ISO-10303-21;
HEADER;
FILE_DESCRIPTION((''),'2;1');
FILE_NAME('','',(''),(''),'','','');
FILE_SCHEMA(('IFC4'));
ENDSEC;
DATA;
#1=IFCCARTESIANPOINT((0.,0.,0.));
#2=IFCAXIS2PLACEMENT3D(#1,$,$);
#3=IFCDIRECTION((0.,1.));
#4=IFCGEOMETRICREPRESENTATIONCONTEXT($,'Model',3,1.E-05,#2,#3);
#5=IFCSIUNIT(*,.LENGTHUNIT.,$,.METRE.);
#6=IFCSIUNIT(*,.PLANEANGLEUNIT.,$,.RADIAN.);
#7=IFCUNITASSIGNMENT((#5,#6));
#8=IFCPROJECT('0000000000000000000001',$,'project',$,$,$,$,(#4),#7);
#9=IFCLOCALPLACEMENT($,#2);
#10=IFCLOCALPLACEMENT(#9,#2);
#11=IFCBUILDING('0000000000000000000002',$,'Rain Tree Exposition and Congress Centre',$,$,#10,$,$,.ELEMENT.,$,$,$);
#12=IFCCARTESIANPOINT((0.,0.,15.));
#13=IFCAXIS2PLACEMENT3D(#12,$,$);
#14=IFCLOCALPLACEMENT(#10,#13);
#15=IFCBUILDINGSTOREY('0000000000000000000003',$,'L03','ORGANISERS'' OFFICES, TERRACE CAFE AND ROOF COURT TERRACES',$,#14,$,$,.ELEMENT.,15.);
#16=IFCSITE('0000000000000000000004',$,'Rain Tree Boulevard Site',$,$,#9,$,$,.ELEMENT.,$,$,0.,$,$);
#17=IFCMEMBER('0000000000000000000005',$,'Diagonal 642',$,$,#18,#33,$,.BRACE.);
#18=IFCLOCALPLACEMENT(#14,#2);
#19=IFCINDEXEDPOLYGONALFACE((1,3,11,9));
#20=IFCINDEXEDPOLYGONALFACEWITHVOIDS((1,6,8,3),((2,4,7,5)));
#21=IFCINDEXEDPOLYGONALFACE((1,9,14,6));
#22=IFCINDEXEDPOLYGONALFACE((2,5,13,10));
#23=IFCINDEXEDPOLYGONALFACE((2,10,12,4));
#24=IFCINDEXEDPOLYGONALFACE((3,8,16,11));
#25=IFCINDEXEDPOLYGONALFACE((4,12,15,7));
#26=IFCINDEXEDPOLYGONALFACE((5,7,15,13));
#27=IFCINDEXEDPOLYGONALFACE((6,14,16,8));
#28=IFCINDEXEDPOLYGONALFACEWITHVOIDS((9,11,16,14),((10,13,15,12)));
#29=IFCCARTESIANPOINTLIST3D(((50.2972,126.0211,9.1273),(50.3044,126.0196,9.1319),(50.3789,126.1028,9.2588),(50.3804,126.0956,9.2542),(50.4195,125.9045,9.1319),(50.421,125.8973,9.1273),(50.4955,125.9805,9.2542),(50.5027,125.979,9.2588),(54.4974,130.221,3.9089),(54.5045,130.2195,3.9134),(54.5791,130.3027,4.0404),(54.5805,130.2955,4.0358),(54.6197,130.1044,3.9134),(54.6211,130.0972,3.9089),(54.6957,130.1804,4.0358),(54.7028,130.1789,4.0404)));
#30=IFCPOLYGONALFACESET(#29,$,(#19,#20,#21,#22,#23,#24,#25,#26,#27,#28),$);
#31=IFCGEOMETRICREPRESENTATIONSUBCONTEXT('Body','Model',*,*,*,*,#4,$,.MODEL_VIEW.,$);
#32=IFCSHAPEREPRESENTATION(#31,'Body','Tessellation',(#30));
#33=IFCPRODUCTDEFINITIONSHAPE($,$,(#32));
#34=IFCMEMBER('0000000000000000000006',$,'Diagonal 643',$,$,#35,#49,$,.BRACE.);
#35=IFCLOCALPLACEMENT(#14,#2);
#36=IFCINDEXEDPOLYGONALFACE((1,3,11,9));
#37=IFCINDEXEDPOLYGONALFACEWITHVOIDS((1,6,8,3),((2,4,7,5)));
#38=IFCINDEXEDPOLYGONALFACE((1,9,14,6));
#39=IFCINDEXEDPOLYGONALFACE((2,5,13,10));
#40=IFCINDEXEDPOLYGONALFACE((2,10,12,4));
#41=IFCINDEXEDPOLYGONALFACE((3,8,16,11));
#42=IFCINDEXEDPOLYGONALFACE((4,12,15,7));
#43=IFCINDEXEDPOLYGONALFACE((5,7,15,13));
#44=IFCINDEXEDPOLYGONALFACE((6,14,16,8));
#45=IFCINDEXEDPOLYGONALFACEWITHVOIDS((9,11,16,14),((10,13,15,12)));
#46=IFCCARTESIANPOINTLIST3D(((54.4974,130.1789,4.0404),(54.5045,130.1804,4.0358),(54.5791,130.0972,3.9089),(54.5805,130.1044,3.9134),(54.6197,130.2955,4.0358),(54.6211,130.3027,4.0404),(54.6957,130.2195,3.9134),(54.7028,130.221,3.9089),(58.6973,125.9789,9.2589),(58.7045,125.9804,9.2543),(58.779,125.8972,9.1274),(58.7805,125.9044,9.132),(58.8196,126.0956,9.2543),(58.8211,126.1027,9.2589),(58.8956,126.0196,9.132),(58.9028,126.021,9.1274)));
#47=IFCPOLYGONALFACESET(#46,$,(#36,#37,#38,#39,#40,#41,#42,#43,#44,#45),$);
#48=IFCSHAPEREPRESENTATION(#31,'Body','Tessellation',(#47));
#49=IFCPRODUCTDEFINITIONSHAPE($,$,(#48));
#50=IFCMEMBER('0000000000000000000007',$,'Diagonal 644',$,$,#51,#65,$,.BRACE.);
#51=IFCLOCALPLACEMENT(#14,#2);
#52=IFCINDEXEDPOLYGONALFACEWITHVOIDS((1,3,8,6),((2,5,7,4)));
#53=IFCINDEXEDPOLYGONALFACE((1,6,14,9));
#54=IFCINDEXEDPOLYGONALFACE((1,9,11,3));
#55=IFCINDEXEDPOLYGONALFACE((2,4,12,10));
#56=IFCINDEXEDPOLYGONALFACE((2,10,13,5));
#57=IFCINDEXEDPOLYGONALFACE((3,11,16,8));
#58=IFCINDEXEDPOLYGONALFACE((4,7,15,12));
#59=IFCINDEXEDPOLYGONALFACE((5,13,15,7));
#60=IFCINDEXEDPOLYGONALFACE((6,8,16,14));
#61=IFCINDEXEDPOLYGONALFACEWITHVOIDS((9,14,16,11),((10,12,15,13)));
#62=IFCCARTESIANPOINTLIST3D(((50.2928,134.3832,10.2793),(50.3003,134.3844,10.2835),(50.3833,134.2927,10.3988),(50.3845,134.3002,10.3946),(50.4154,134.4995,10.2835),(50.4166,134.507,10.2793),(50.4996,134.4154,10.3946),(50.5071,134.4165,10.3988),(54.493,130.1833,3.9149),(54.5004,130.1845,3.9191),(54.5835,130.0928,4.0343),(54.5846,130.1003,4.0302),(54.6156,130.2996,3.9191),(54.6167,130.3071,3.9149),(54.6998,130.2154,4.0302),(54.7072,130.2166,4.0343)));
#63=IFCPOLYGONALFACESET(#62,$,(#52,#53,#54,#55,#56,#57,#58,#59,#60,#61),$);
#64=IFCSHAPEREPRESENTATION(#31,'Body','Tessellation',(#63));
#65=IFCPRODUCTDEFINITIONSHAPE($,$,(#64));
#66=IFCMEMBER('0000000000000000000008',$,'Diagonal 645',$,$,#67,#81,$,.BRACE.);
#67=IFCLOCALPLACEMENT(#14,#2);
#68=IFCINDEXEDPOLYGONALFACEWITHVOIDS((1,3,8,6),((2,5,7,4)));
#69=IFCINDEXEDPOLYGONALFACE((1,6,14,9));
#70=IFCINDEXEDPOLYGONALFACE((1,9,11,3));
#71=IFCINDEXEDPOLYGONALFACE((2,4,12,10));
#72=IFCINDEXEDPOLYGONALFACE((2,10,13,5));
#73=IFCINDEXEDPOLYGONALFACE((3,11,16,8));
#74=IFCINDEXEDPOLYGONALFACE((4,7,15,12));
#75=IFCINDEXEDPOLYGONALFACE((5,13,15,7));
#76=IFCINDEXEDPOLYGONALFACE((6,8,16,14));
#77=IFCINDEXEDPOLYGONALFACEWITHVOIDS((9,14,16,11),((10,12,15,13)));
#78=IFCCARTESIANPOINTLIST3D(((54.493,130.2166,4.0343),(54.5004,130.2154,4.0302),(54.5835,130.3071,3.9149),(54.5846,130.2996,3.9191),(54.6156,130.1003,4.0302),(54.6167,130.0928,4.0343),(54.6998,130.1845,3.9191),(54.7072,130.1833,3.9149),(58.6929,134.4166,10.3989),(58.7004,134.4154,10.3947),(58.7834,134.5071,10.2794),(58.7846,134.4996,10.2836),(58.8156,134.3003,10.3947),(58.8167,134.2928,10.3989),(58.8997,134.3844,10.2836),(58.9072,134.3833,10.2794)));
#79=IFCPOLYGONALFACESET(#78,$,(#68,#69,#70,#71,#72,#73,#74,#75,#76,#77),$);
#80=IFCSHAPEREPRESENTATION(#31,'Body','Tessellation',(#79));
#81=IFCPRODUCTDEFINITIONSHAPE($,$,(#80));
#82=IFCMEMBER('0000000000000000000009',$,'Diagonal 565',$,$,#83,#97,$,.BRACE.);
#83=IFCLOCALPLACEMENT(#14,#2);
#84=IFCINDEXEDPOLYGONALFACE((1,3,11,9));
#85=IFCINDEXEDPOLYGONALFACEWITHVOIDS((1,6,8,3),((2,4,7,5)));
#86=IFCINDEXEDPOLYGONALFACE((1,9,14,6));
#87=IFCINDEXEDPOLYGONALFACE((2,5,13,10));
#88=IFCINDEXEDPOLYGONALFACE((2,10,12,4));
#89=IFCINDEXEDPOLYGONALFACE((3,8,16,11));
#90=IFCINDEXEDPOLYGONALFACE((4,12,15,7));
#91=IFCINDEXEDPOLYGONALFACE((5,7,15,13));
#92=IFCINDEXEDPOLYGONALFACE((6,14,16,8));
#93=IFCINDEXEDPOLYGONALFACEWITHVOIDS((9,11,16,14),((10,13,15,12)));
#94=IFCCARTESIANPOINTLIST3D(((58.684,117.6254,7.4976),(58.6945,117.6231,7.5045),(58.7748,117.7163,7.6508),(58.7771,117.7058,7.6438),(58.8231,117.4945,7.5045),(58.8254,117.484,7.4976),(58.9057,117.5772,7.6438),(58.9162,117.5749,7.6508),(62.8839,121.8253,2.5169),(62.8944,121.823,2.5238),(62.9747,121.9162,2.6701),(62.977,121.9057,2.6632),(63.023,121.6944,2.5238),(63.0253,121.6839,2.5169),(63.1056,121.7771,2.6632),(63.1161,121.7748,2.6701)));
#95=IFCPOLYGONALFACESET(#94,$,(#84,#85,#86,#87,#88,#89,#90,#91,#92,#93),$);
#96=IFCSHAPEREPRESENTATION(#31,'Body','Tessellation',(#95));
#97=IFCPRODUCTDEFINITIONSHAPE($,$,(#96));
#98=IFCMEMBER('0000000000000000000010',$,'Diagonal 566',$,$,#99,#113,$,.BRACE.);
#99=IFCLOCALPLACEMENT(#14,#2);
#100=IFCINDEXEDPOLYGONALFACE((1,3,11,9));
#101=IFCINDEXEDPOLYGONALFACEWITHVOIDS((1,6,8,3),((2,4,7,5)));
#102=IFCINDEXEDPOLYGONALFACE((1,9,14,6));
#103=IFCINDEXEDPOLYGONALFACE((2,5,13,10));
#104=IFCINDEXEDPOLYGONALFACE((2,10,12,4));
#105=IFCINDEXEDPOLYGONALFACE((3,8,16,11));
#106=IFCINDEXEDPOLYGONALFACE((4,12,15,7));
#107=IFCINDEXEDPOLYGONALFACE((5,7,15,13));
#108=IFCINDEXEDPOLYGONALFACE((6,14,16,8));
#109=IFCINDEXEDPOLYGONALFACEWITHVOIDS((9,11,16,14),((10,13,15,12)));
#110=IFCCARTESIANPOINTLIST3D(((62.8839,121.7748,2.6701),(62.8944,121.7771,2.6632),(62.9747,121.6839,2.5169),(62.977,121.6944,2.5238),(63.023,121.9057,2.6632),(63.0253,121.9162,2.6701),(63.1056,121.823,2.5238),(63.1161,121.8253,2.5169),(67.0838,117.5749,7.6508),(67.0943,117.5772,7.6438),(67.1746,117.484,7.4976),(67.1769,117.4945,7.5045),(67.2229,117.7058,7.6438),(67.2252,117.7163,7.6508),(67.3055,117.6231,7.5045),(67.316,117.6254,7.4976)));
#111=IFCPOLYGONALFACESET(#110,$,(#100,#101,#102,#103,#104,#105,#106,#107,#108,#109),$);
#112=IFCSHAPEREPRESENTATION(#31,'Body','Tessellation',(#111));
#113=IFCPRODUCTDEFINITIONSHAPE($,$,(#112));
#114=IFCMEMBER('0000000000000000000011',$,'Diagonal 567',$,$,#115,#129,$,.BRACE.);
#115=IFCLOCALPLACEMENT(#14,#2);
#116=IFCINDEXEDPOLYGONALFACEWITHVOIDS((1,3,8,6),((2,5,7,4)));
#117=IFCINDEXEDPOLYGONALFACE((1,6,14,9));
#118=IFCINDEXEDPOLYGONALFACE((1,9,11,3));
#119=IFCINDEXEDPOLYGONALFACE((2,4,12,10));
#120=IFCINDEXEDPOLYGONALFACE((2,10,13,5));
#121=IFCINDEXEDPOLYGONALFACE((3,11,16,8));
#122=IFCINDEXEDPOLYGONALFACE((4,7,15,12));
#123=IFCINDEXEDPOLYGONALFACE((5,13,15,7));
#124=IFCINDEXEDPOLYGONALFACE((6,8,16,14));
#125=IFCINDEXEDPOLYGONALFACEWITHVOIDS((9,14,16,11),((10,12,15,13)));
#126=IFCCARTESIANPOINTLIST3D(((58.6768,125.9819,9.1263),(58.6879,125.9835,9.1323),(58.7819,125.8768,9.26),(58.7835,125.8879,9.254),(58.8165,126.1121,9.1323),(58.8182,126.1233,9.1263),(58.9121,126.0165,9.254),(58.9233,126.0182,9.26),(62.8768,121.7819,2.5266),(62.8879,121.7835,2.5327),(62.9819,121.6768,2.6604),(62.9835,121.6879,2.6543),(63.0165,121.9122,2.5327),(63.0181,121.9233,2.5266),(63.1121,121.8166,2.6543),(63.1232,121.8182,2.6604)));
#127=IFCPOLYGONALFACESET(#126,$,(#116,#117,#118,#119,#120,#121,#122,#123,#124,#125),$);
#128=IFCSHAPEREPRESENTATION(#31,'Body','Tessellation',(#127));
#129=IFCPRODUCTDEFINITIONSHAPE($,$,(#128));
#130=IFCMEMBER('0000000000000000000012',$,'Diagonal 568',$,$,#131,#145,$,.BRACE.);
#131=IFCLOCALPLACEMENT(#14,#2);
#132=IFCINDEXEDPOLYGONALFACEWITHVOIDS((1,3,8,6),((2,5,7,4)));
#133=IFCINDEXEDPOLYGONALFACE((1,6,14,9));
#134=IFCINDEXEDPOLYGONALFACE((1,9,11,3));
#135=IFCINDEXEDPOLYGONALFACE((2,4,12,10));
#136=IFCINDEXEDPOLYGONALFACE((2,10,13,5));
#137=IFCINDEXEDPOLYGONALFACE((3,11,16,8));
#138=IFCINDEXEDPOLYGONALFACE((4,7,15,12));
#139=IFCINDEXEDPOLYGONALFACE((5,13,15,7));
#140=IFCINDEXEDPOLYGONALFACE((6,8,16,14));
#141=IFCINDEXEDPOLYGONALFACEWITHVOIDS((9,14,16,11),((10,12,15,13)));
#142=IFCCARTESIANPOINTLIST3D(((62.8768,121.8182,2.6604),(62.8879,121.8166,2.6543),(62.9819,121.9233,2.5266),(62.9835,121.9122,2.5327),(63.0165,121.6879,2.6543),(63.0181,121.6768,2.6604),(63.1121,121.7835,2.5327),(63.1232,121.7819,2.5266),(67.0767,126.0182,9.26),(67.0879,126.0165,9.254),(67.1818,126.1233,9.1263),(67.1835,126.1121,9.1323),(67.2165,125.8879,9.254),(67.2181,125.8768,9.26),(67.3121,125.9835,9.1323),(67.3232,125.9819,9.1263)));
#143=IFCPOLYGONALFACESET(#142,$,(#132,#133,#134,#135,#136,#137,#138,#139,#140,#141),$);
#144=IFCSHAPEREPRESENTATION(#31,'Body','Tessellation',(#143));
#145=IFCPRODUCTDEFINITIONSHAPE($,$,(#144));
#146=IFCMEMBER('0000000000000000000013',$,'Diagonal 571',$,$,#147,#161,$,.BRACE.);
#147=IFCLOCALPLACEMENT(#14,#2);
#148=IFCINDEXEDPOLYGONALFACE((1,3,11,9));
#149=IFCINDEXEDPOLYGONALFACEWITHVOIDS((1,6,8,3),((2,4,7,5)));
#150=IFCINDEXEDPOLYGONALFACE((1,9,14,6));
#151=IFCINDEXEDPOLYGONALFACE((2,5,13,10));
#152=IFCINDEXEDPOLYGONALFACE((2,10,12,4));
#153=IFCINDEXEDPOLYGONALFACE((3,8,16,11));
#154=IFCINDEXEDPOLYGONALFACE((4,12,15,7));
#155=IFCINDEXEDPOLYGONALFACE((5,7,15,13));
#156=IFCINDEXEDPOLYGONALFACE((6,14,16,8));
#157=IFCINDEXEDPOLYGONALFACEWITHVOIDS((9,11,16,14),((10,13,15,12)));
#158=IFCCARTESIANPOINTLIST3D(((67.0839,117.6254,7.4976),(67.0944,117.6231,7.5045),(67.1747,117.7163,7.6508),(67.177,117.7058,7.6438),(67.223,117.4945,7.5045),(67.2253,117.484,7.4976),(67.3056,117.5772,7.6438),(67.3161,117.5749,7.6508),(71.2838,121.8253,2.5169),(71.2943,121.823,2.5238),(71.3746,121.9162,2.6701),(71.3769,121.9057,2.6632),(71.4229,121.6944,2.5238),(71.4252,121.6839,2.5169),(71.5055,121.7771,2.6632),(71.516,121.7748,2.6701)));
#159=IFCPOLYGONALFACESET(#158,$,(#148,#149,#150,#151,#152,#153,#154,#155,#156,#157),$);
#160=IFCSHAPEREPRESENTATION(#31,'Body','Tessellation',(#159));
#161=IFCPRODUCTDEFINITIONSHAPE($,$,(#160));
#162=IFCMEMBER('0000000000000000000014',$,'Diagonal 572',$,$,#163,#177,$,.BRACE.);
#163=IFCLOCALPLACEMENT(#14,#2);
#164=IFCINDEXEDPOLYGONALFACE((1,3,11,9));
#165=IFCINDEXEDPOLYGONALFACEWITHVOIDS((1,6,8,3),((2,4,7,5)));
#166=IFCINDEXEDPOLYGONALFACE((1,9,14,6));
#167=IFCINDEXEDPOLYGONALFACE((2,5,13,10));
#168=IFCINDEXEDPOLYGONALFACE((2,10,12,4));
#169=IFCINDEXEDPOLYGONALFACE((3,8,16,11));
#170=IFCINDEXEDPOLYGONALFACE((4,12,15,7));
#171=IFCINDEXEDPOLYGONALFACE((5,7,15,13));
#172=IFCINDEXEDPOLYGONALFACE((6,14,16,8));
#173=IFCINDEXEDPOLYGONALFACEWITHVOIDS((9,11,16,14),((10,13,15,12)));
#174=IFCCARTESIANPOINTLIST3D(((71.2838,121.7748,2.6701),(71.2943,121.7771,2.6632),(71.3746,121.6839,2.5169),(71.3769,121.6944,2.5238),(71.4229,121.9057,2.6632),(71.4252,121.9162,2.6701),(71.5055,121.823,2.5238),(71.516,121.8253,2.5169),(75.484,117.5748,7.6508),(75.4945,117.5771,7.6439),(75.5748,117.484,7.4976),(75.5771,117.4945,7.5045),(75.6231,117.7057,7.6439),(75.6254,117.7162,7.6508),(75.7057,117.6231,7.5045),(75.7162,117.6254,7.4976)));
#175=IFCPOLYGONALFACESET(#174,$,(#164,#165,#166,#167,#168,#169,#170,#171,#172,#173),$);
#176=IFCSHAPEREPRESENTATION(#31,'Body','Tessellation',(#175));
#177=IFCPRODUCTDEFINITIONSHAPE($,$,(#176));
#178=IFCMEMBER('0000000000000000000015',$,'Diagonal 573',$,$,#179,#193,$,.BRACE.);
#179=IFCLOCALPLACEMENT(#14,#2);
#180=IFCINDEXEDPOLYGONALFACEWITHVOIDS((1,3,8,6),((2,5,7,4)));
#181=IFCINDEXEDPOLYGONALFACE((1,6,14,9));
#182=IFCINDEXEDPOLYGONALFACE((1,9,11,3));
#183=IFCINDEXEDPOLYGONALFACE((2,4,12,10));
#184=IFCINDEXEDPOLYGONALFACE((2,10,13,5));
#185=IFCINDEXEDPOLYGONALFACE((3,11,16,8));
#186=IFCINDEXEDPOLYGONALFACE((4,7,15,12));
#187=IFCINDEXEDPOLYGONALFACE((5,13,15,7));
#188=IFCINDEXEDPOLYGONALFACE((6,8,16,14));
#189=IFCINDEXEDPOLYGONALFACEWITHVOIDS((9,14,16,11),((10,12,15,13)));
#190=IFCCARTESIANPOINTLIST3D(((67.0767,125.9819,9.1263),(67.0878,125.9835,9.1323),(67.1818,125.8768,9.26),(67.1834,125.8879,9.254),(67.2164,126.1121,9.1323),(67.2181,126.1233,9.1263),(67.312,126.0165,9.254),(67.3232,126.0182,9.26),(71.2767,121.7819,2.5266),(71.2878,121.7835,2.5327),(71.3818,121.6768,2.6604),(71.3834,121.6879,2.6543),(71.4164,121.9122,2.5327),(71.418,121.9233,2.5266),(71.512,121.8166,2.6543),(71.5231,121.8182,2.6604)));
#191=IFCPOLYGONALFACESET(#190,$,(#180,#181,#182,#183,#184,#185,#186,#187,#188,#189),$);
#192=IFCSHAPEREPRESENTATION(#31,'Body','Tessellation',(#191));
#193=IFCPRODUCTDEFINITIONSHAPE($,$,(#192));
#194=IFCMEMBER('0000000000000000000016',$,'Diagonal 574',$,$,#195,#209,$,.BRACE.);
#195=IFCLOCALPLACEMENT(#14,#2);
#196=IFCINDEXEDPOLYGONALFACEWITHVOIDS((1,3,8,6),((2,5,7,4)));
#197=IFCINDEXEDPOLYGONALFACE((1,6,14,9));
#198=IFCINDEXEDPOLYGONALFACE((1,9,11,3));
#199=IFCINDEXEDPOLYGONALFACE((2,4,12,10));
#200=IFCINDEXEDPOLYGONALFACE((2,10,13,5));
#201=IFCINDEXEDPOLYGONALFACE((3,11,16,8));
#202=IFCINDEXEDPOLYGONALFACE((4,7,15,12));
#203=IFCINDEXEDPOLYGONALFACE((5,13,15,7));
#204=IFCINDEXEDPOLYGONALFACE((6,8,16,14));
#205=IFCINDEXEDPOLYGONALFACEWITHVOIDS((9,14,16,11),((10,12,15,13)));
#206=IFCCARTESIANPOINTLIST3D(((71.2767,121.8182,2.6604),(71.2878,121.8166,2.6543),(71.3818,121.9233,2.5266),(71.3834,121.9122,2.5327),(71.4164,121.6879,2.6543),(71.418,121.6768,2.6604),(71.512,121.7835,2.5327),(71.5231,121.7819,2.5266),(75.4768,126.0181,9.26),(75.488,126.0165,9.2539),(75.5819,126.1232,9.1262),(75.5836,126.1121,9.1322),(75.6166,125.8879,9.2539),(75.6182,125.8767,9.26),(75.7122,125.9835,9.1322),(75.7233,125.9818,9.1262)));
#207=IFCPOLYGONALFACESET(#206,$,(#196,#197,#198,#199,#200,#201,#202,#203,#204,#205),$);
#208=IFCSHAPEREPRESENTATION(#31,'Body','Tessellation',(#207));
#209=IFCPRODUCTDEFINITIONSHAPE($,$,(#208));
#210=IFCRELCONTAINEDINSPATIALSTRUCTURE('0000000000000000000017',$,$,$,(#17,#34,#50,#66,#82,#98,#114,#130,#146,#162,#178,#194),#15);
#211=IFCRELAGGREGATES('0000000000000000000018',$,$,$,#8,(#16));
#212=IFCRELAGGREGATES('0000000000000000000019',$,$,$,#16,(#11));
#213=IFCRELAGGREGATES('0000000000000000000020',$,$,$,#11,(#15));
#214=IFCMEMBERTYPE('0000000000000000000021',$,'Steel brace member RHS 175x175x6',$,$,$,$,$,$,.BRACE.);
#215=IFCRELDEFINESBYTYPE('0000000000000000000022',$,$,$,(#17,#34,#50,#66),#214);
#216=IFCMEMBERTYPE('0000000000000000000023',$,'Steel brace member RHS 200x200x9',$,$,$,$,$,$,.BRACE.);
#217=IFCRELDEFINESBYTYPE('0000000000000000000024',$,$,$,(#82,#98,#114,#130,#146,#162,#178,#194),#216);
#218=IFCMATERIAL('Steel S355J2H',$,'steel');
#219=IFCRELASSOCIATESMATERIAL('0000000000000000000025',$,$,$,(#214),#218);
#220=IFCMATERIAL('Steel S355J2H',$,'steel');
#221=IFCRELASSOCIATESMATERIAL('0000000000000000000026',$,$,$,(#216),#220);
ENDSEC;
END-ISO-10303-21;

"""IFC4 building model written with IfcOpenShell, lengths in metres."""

from ifc_helpers import new_model, si_unit, direction, frame, origin, origin_2d, place, context, subcontext, project, spatial, hollow_rectangle, extrude, material, material_profile, profile_set, type_object, element, save


model = new_model("IFC4")

# Units and contexts
model_context = context("Model", 3, precision=1e-05, world=origin(), true_north=direction((0.0, 1.0)))
body_context = subcontext(model_context, "Body", "Model", "MODEL_VIEW")
ifc_project = project(units=[si_unit("LENGTHUNIT", "METRE"), si_unit("PLANEANGLEUNIT", "RADIAN")], contexts=[model_context])

# Site, building, storey
site_placement = place(None, origin())
site = spatial("IfcSite", under=ifc_project, at=site_placement, Name="Rain Tree Boulevard Site", CompositionType="ELEMENT", RefElevation=0.0)
building_placement = place(site_placement, origin())
building = spatial("IfcBuilding", under=site, at=building_placement, Name="Rain Tree Exposition and Congress Centre", CompositionType="ELEMENT")
storey_placement = place(building_placement, frame((0.0, 0.0, 15.0)))
storey = spatial("IfcBuildingStorey", under=building, at=storey_placement, Name="L03", Description="ORGANISERS' OFFICES, TERRACE CAFE AND ROOF COURT TERRACES", CompositionType="ELEMENT", Elevation=15.0)

# Members
ifc_material_1 = material(Name="Steel S355J2H", Category="steel")
ifc_material_profile_1 = material_profile(ifc_material_1, hollow_rectangle(XDim=0.175, YDim=0.175, WallThickness=0.0061, at=origin_2d()), Name="RHS 175x175x6")
ifc_profile_set_1 = profile_set([ifc_material_profile_1], Name="Steel S355J2H")
member_type_1 = type_object("IfcMemberType", Name="Steel brace member RHS 175x175x6", PredefinedType="BRACE", material=ifc_profile_set_1)
for number, where, z_axis, x_axis, name in (
    (1, (54.6001, 130.2, 3.9746), (-0.531228, -0.531197, 0.66002), (0.707086, -0.707127, 0.0), "Diagonal 642"),
    (2, (54.6001, 130.2, 3.9746), (0.531206, -0.531206, 0.660031), (0.707107, 0.707107, 0.0), "Diagonal 643"),
):
    element("IfcMember", number, at=place(storey_placement, frame(where, z_axis=z_axis, x_axis=x_axis)), inside=storey, type_object=member_type_1, Name=name, PredefinedType="BRACE", context=body_context, shape_type="SweptSolid", body=[
        extrude(hollow_rectangle(XDim=0.175, YDim=0.175, WallThickness=0.0061, at=origin_2d()), origin(), (0.0, 0.0, 1.0), 7.9065),
    ])
for number, where, z_axis, x_axis, name in (
    (3, (54.6001, 130.2, 3.9746), (-0.482468, 0.48244, 0.731078), (-0.707086, -0.707127, 0.0), "Diagonal 644"),
    (4, (54.6001, 130.2, 3.9746), (0.482447, 0.482447, 0.731088), (-0.707107, 0.707107, 0.0), "Diagonal 645"),
):
    element("IfcMember", number, at=place(storey_placement, frame(where, z_axis=z_axis, x_axis=x_axis)), inside=storey, type_object=member_type_1, Name=name, PredefinedType="BRACE", context=body_context, shape_type="SweptSolid", body=[
        extrude(hollow_rectangle(XDim=0.175, YDim=0.175, WallThickness=0.0061, at=origin_2d()), origin(), (0.0, 0.0, 1.0), 8.7056),
    ])
ifc_material_2 = material(Name="Steel S355J2H", Category="steel")
ifc_material_profile_2 = material_profile(ifc_material_2, hollow_rectangle(XDim=0.2, YDim=0.2, WallThickness=0.009, at=origin_2d()), Name="RHS 200x200x9")
ifc_profile_set_2 = profile_set([ifc_material_profile_2], Name="Steel S355J2H")
member_type_2 = type_object("IfcMemberType", Name="Steel brace member RHS 200x200x9", PredefinedType="BRACE", material=ifc_profile_set_2)
for number, where, z_axis, x_axis, name in (
    (5, (63.0, 121.8, 2.5935), (-0.54182, -0.54182, 0.642543), (0.707107, -0.707107, 0.0), "Diagonal 565"),
    (6, (63.0, 121.8, 2.5935), (0.54182, -0.54182, 0.642543), (0.707107, 0.707107, 0.0), "Diagonal 566"),
):
    element("IfcMember", number, at=place(storey_placement, frame(where, z_axis=z_axis, x_axis=x_axis)), inside=storey, type_object=member_type_2, Name=name, PredefinedType="BRACE", context=body_context, shape_type="SweptSolid", body=[
        extrude(hollow_rectangle(XDim=0.2, YDim=0.2, WallThickness=0.009, at=origin_2d()), origin(), (0.0, 0.0, 1.0), 7.7515),
    ])
for number, where, z_axis, x_axis, name in (
    (7, (63.0, 121.8, 2.5935), (-0.473029, 0.473029, 0.743295), (-0.707107, -0.707107, 0.0), "Diagonal 567"),
    (8, (63.0, 121.8, 2.5935), (0.473029, 0.473029, 0.743295), (-0.707107, 0.707107, 0.0), "Diagonal 568"),
):
    element("IfcMember", number, at=place(storey_placement, frame(where, z_axis=z_axis, x_axis=x_axis)), inside=storey, type_object=member_type_2, Name=name, PredefinedType="BRACE", context=body_context, shape_type="SweptSolid", body=[
        extrude(hollow_rectangle(XDim=0.2, YDim=0.2, WallThickness=0.009, at=origin_2d()), origin(), (0.0, 0.0, 1.0), 8.8789),
    ])
member_1_placement = place(storey_placement, frame((71.3999, 121.8, 2.5935), z_axis=(-0.54182, -0.54182, 0.642543), x_axis=(0.707107, -0.707107, 0.0)))
element("IfcMember", 9, at=member_1_placement, inside=storey, type_object=member_type_2, Name="Diagonal 571", PredefinedType="BRACE", context=body_context, shape_type="SweptSolid", body=[
    extrude(hollow_rectangle(XDim=0.2, YDim=0.2, WallThickness=0.009, at=origin_2d()), origin(), (0.0, 0.0, 1.0), 7.7515),
])
member_2_placement = place(storey_placement, frame((71.3999, 121.8, 2.5935), z_axis=(0.541842, -0.541811, 0.642532), x_axis=(0.707086, 0.707127, 0.0)))
element("IfcMember", 10, at=member_2_placement, inside=storey, type_object=member_type_2, Name="Diagonal 572", PredefinedType="BRACE", context=body_context, shape_type="SweptSolid", body=[
    extrude(hollow_rectangle(XDim=0.2, YDim=0.2, WallThickness=0.009, at=origin_2d()), origin(), (0.0, 0.0, 1.0), 7.7517),
])
for number, where, z_axis, x_axis, name in (
    (11, (71.3999, 121.8, 2.5935), (-0.473029, 0.473029, 0.743295), (-0.707107, -0.707107, 0.0), "Diagonal 573"),
    (12, (71.3999, 121.8, 2.5935), (0.47305, 0.473022, 0.743286), (-0.707086, 0.707127, 0.0), "Diagonal 574"),
):
    element("IfcMember", number, at=place(storey_placement, frame(where, z_axis=z_axis, x_axis=x_axis)), inside=storey, type_object=member_type_2, Name=name, PredefinedType="BRACE", context=body_context, shape_type="SweptSolid", body=[
        extrude(hollow_rectangle(XDim=0.2, YDim=0.2, WallThickness=0.009, at=origin_2d()), origin(), (0.0, 0.0, 1.0), 8.8789),
    ])

save(model, "model.ifc")
